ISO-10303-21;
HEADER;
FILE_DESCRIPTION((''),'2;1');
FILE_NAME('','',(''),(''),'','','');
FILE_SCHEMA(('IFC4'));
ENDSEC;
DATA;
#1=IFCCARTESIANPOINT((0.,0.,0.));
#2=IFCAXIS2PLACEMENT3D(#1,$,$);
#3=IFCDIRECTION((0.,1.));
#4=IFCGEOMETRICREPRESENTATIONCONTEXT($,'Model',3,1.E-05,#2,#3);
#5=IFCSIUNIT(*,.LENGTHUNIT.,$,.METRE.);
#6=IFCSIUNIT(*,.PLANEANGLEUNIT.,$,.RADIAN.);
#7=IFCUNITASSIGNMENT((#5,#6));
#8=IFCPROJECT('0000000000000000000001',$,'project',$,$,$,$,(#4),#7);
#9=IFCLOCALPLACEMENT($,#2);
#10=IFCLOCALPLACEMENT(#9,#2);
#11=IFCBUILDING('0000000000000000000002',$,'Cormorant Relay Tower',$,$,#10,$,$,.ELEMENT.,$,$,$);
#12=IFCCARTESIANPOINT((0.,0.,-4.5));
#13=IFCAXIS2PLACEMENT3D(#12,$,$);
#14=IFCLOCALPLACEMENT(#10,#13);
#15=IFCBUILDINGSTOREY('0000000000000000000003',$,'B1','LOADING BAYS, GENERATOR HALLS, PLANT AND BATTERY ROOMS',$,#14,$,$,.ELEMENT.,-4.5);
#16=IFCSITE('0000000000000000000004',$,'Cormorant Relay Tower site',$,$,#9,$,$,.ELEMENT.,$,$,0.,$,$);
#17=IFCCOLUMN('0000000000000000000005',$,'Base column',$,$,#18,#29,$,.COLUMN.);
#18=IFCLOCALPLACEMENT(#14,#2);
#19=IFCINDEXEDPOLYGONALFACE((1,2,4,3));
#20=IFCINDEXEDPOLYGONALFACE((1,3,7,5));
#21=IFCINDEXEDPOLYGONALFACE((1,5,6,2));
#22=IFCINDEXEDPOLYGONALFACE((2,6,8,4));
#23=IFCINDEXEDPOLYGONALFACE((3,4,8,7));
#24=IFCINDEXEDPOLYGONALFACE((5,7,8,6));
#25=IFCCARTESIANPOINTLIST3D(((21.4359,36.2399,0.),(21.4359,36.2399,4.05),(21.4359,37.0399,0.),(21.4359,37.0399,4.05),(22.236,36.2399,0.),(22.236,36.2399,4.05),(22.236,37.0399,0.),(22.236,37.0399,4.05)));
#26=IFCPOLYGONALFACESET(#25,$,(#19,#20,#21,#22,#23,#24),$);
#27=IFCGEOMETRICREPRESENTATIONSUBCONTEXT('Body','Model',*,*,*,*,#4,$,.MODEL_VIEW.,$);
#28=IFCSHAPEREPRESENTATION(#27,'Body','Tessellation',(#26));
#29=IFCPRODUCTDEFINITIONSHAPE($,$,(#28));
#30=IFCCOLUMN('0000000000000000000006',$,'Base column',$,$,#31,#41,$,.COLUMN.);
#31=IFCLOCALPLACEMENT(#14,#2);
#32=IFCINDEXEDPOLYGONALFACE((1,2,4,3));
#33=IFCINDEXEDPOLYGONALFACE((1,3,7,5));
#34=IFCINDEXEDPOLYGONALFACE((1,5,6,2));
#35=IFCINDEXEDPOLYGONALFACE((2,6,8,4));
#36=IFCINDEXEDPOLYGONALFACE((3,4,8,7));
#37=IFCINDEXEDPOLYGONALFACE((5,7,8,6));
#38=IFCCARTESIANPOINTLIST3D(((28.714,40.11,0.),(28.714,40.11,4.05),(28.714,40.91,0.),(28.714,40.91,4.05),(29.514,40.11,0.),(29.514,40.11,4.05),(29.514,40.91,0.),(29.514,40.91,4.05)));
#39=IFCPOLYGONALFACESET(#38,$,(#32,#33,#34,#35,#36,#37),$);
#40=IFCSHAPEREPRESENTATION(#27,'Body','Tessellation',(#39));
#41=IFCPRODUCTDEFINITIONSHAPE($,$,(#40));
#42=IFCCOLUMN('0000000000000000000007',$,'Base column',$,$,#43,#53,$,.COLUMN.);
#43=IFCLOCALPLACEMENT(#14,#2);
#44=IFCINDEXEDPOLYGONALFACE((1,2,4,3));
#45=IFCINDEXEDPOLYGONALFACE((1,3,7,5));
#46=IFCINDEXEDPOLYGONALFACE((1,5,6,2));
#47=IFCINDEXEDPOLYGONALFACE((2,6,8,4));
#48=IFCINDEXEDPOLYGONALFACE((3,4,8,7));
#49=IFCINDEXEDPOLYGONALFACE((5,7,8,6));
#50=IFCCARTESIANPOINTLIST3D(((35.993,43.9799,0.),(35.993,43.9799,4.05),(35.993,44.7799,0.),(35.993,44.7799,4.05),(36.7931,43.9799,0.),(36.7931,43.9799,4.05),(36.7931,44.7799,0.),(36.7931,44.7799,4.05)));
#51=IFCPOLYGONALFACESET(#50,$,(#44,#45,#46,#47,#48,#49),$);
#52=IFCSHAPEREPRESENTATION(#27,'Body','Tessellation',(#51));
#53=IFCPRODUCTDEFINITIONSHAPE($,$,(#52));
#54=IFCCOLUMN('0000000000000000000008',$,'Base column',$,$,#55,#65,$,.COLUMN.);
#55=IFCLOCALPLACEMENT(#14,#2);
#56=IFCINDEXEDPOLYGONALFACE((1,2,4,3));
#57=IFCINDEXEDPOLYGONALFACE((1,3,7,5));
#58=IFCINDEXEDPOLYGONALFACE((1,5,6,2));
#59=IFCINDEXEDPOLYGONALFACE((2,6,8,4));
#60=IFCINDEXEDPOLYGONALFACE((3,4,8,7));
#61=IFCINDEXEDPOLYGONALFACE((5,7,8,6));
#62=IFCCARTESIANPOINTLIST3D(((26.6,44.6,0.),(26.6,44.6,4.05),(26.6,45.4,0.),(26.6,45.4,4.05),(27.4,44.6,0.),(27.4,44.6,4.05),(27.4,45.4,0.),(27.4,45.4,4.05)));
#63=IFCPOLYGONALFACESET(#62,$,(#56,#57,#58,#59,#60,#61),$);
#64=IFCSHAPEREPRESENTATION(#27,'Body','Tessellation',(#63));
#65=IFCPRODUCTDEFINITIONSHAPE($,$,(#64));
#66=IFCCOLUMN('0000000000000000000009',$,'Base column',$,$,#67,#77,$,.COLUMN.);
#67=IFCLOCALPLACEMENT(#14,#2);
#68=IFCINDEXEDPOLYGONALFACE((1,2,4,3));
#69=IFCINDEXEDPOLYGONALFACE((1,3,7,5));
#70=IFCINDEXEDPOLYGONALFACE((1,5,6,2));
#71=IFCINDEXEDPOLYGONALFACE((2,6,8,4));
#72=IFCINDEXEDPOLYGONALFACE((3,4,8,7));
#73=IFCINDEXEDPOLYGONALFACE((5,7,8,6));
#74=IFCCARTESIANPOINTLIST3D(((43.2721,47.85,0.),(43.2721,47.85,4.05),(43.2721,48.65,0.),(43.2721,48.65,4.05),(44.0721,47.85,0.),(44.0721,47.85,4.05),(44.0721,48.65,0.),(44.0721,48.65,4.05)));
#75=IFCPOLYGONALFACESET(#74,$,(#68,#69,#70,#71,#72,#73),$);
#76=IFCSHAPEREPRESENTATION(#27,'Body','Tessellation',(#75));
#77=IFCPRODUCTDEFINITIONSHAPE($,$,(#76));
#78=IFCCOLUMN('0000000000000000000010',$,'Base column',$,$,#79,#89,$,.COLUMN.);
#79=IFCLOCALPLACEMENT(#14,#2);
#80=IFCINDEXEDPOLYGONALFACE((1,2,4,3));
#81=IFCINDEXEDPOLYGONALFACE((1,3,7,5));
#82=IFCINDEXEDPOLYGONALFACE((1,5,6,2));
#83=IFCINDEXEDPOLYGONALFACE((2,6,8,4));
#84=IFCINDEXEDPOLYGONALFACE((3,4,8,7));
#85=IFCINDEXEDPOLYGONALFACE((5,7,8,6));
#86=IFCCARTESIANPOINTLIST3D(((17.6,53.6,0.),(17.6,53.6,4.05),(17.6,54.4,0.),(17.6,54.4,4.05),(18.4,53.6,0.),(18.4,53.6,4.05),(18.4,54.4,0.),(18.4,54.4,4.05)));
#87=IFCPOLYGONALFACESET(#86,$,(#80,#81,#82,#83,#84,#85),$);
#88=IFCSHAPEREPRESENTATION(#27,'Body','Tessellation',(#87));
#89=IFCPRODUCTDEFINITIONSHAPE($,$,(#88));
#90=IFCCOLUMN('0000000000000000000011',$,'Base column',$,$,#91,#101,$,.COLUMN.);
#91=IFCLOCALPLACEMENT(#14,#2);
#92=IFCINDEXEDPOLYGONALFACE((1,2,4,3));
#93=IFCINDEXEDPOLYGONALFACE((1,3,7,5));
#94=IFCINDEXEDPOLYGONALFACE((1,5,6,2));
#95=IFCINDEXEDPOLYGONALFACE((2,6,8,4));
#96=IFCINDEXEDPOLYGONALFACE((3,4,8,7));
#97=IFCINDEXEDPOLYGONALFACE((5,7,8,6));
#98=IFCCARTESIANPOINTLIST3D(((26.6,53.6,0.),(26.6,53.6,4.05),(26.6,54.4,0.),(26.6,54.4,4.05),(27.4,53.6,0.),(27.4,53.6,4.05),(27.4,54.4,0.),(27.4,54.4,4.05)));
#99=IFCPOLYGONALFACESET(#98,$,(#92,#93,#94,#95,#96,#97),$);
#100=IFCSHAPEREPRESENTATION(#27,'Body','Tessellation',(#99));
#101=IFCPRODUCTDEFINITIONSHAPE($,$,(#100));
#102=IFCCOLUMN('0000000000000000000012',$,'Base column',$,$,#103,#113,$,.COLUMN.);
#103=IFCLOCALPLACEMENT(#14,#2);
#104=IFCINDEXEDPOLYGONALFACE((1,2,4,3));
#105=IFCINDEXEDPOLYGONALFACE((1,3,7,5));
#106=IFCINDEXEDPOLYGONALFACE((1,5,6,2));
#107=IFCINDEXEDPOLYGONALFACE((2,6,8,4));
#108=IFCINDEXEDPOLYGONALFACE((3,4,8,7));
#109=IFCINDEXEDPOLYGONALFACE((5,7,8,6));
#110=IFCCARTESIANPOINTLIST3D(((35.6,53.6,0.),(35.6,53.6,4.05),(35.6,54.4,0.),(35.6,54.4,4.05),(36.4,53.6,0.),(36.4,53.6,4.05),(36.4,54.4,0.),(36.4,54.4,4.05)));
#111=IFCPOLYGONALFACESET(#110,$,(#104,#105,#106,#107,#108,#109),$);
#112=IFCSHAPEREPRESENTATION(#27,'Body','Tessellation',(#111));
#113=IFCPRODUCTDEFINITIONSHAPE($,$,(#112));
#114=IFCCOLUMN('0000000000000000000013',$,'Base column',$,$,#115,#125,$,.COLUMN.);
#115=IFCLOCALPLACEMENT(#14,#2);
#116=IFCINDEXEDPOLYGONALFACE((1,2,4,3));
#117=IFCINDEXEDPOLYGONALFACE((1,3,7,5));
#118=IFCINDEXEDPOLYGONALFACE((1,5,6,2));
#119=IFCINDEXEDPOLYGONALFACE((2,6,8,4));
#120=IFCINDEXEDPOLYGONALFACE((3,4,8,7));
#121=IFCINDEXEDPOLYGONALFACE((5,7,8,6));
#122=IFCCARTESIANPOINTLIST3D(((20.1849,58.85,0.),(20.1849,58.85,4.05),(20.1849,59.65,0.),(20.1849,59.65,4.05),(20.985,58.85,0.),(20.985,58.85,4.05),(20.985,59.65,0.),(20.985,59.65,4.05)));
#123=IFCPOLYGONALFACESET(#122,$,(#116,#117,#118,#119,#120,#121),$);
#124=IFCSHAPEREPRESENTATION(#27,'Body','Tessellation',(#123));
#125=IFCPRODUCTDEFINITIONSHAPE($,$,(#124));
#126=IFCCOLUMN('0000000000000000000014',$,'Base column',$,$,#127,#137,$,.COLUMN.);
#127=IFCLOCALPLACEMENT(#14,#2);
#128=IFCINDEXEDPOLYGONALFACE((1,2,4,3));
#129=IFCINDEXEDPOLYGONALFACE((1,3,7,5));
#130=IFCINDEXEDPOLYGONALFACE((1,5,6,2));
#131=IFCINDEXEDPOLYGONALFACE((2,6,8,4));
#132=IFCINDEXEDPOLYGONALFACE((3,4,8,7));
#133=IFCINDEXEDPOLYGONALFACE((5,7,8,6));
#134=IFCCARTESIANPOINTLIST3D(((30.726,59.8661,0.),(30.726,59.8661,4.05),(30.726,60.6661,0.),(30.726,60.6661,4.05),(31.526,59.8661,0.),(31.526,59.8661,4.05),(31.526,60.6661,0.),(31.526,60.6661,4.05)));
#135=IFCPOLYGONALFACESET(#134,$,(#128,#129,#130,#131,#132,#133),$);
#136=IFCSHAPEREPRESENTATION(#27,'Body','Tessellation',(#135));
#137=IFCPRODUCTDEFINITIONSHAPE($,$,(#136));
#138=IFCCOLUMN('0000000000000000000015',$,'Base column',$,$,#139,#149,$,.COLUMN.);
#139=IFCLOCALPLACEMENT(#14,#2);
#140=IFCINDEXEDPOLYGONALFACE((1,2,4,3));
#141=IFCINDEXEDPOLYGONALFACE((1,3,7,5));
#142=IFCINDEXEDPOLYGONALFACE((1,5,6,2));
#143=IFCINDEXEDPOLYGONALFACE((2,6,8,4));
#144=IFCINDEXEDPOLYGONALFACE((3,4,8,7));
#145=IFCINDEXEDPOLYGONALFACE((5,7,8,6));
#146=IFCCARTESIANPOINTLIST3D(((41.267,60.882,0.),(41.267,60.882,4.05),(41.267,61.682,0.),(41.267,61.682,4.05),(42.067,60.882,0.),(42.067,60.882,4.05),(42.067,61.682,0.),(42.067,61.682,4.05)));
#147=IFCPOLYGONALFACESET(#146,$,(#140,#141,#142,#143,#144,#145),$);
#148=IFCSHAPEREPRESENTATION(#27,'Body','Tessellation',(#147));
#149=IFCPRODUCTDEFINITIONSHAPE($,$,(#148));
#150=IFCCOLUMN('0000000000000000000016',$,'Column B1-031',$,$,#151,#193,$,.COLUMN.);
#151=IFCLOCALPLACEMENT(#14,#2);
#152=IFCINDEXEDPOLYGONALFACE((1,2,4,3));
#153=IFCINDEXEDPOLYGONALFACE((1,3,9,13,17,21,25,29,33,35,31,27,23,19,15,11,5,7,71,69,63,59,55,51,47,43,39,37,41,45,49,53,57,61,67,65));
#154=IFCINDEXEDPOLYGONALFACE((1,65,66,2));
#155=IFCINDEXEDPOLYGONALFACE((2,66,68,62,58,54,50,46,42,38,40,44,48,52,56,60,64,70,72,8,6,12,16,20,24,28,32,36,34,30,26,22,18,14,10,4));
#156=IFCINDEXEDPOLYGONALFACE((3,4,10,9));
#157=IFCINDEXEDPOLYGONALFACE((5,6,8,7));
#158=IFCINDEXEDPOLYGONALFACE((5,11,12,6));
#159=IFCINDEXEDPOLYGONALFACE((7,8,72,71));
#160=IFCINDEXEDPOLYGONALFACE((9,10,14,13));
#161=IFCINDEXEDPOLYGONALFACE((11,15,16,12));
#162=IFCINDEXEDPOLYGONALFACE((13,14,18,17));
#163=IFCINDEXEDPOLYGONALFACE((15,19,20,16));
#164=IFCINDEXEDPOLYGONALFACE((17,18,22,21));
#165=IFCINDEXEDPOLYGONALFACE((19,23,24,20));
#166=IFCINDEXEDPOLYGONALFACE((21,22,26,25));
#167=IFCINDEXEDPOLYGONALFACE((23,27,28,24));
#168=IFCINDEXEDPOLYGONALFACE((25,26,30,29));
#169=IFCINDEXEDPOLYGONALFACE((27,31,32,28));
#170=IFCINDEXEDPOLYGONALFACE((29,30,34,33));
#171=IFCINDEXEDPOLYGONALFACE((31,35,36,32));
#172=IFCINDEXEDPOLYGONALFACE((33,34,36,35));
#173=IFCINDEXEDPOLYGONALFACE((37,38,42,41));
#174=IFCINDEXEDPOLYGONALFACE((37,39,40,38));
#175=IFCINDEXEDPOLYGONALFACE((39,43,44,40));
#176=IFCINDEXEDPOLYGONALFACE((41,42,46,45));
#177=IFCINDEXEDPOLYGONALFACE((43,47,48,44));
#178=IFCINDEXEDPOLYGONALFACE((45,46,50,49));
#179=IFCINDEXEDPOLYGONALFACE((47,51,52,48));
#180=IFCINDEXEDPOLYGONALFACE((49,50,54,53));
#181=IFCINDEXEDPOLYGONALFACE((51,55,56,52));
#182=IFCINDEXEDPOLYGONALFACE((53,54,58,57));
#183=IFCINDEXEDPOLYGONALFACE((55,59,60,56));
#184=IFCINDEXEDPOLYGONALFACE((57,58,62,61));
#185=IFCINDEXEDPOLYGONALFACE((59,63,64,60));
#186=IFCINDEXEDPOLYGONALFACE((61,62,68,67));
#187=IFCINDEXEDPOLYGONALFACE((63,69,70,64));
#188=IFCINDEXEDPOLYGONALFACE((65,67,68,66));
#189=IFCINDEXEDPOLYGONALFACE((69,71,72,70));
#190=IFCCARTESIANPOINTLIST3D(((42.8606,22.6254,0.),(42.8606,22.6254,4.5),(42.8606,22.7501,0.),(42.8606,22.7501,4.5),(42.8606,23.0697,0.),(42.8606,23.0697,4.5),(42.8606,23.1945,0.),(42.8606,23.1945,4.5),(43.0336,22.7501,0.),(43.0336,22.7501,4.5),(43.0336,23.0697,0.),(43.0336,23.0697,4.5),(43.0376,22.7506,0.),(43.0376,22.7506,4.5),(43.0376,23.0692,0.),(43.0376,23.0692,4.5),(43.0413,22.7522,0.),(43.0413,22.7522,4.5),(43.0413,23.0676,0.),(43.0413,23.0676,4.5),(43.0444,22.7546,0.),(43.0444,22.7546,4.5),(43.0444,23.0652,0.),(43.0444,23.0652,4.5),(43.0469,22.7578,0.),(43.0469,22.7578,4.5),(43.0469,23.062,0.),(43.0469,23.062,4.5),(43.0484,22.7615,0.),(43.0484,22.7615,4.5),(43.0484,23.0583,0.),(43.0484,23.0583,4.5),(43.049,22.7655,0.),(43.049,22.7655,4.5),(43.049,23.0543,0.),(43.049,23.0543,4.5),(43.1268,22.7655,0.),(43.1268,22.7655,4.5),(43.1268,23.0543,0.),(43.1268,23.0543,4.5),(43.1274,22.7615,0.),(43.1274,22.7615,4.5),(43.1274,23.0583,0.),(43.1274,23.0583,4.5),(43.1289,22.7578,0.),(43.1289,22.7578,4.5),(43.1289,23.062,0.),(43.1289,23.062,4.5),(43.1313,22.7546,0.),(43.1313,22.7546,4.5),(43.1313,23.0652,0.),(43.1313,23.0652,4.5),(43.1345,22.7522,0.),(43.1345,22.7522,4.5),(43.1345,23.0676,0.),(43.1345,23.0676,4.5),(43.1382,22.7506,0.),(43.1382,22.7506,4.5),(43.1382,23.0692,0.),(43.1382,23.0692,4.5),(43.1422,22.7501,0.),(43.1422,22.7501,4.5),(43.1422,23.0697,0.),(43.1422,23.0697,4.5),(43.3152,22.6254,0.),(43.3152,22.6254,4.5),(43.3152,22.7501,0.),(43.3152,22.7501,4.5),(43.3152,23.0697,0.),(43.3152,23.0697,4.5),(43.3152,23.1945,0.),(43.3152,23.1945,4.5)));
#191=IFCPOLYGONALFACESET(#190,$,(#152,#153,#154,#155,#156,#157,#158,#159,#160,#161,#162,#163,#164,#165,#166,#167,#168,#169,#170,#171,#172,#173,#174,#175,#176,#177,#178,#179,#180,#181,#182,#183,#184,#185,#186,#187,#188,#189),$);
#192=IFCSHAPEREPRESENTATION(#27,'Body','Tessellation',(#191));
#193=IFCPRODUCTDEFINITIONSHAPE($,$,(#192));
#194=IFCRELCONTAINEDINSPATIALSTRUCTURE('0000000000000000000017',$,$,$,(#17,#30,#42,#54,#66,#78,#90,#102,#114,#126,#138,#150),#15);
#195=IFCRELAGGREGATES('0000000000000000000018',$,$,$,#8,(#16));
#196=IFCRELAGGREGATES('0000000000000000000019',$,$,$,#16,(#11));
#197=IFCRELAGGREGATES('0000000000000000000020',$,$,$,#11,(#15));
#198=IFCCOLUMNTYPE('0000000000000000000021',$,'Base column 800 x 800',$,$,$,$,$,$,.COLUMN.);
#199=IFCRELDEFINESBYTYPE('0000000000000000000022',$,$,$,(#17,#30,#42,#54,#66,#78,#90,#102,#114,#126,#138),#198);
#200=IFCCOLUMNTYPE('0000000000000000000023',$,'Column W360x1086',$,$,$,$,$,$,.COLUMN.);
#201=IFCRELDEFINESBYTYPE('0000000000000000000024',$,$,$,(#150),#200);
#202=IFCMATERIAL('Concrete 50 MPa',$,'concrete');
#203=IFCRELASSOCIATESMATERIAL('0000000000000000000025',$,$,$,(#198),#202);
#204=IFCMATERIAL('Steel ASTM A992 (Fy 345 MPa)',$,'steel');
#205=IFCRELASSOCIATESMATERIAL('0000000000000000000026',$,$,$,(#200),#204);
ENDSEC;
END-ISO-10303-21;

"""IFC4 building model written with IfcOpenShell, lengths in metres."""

from ifc_helpers import new_model, si_unit, direction, frame, origin, origin_2d, place, context, subcontext, project, spatial, rectangle, i_section, extrude, material, material_profile, profile_set, type_object, element, save


model = new_model("IFC4")

# Units and contexts
model_context = context("Model", 3, precision=1e-05, world=origin(), true_north=direction((0.0, 1.0)))
body_context = subcontext(model_context, "Body", "Model", "MODEL_VIEW")
ifc_project = project(units=[si_unit("LENGTHUNIT", "METRE"), si_unit("PLANEANGLEUNIT", "RADIAN")], contexts=[model_context])

# Site, building, storey
site_placement = place(None, origin())
site = spatial("IfcSite", under=ifc_project, at=site_placement, Name="Cormorant Relay Tower site", CompositionType="ELEMENT", RefElevation=0.0)
building_placement = place(site_placement, origin())
building = spatial("IfcBuilding", under=site, at=building_placement, Name="Cormorant Relay Tower", CompositionType="ELEMENT")
storey_placement = place(building_placement, frame((0.0, 0.0, -4.5)))
storey = spatial("IfcBuildingStorey", under=building, at=storey_placement, Name="B1", Description="LOADING BAYS, GENERATOR HALLS, PLANT AND BATTERY ROOMS", CompositionType="ELEMENT", Elevation=-4.5)

# Columns
ifc_material_1 = material(Name="Concrete 50 MPa", Category="concrete")
ifc_material_profile_1 = material_profile(ifc_material_1, rectangle(XDim=0.8, YDim=0.8, at=origin_2d()), Name="RC 800x800")
ifc_profile_set_1 = profile_set([ifc_material_profile_1], Name="Concrete 50 MPa")
column_type_1 = type_object("IfcColumnType", Name="Base column 800 x 800", PredefinedType="COLUMN", material=ifc_profile_set_1)
for number, where, z_axis, x_axis, name in (
    (1, (21.8359, 36.6399, 0.0), (0.0, 0.0, 1.0), (1.0, 0.0, 0.0), "Base column"),
    (2, (29.114, 40.51, 0.0), (0.0, 0.0, 1.0), (1.0, 0.0, 0.0), "Base column"),
    (3, (36.3931, 44.3799, 0.0), (0.0, 0.0, 1.0), (1.0, 0.0, 0.0), "Base column"),
    (4, (27.0, 45.0, 0.0), (0.0, 0.0, 1.0), (1.0, 0.0, 0.0), "Base column"),
    (5, (43.6721, 48.25, 0.0), (0.0, 0.0, 1.0), (1.0, 0.0, 0.0), "Base column"),
    (6, (18.0, 54.0, 0.0), (0.0, 0.0, 1.0), (1.0, 0.0, 0.0), "Base column"),
    (7, (27.0, 54.0, 0.0), (0.0, 0.0, 1.0), (1.0, 0.0, 0.0), "Base column"),
    (8, (36.0, 54.0, 0.0), (0.0, 0.0, 1.0), (1.0, 0.0, 0.0), "Base column"),
    (9, (20.585, 59.25, 0.0), (0.0, 0.0, 1.0), (1.0, 0.0, 0.0), "Base column"),
    (10, (31.126, 60.2661, 0.0), (0.0, 0.0, 1.0), (1.0, 0.0, 0.0), "Base column"),
    (11, (41.667, 61.282, 0.0), (0.0, 0.0, 1.0), (1.0, 0.0, 0.0), "Base column"),
):
    element("IfcColumn", number, at=place(storey_placement, frame(where, z_axis=z_axis, x_axis=x_axis)), inside=storey, type_object=column_type_1, Name=name, PredefinedType="COLUMN", context=body_context, shape_type="SweptSolid", body=[
        extrude(rectangle(XDim=0.8, YDim=0.8, at=origin_2d()), origin(), (0.0, 0.0, 1.0), 4.05),
    ])
ifc_material_2 = material(Name="Steel ASTM A992 (Fy 345 MPa)", Category="steel")
ifc_material_profile_2 = material_profile(ifc_material_2, i_section(OverallWidth=0.4546, OverallDepth=0.5691, WebThickness=0.0779, FlangeThickness=0.1248, FilletRadius=0.0154, at=origin_2d()), Name="W360x1086")
ifc_profile_set_2 = profile_set([ifc_material_profile_2], Name="Steel ASTM A992 (Fy 345 MPa)")
column_type_2 = type_object("IfcColumnType", Name="Column W360x1086", PredefinedType="COLUMN", material=ifc_profile_set_2)
for number, where, z_axis, x_axis, name in (
    (12, (43.0879, 22.9099, 0.0), (0.0, 0.0, 1.0), (1.0, 0.0, 0.0), "Column B1-031"),
):
    element("IfcColumn", number, at=place(storey_placement, frame(where, z_axis=z_axis, x_axis=x_axis)), inside=storey, type_object=column_type_2, Name=name, PredefinedType="COLUMN", context=body_context, shape_type="SweptSolid", body=[
        extrude(i_section(OverallWidth=0.4546, OverallDepth=0.5691, WebThickness=0.0779, FlangeThickness=0.1248, FilletRadius=0.0154, at=origin_2d()), origin(), (0.0, 0.0, 1.0), 4.5),
    ])

save(model, "model.ifc")
